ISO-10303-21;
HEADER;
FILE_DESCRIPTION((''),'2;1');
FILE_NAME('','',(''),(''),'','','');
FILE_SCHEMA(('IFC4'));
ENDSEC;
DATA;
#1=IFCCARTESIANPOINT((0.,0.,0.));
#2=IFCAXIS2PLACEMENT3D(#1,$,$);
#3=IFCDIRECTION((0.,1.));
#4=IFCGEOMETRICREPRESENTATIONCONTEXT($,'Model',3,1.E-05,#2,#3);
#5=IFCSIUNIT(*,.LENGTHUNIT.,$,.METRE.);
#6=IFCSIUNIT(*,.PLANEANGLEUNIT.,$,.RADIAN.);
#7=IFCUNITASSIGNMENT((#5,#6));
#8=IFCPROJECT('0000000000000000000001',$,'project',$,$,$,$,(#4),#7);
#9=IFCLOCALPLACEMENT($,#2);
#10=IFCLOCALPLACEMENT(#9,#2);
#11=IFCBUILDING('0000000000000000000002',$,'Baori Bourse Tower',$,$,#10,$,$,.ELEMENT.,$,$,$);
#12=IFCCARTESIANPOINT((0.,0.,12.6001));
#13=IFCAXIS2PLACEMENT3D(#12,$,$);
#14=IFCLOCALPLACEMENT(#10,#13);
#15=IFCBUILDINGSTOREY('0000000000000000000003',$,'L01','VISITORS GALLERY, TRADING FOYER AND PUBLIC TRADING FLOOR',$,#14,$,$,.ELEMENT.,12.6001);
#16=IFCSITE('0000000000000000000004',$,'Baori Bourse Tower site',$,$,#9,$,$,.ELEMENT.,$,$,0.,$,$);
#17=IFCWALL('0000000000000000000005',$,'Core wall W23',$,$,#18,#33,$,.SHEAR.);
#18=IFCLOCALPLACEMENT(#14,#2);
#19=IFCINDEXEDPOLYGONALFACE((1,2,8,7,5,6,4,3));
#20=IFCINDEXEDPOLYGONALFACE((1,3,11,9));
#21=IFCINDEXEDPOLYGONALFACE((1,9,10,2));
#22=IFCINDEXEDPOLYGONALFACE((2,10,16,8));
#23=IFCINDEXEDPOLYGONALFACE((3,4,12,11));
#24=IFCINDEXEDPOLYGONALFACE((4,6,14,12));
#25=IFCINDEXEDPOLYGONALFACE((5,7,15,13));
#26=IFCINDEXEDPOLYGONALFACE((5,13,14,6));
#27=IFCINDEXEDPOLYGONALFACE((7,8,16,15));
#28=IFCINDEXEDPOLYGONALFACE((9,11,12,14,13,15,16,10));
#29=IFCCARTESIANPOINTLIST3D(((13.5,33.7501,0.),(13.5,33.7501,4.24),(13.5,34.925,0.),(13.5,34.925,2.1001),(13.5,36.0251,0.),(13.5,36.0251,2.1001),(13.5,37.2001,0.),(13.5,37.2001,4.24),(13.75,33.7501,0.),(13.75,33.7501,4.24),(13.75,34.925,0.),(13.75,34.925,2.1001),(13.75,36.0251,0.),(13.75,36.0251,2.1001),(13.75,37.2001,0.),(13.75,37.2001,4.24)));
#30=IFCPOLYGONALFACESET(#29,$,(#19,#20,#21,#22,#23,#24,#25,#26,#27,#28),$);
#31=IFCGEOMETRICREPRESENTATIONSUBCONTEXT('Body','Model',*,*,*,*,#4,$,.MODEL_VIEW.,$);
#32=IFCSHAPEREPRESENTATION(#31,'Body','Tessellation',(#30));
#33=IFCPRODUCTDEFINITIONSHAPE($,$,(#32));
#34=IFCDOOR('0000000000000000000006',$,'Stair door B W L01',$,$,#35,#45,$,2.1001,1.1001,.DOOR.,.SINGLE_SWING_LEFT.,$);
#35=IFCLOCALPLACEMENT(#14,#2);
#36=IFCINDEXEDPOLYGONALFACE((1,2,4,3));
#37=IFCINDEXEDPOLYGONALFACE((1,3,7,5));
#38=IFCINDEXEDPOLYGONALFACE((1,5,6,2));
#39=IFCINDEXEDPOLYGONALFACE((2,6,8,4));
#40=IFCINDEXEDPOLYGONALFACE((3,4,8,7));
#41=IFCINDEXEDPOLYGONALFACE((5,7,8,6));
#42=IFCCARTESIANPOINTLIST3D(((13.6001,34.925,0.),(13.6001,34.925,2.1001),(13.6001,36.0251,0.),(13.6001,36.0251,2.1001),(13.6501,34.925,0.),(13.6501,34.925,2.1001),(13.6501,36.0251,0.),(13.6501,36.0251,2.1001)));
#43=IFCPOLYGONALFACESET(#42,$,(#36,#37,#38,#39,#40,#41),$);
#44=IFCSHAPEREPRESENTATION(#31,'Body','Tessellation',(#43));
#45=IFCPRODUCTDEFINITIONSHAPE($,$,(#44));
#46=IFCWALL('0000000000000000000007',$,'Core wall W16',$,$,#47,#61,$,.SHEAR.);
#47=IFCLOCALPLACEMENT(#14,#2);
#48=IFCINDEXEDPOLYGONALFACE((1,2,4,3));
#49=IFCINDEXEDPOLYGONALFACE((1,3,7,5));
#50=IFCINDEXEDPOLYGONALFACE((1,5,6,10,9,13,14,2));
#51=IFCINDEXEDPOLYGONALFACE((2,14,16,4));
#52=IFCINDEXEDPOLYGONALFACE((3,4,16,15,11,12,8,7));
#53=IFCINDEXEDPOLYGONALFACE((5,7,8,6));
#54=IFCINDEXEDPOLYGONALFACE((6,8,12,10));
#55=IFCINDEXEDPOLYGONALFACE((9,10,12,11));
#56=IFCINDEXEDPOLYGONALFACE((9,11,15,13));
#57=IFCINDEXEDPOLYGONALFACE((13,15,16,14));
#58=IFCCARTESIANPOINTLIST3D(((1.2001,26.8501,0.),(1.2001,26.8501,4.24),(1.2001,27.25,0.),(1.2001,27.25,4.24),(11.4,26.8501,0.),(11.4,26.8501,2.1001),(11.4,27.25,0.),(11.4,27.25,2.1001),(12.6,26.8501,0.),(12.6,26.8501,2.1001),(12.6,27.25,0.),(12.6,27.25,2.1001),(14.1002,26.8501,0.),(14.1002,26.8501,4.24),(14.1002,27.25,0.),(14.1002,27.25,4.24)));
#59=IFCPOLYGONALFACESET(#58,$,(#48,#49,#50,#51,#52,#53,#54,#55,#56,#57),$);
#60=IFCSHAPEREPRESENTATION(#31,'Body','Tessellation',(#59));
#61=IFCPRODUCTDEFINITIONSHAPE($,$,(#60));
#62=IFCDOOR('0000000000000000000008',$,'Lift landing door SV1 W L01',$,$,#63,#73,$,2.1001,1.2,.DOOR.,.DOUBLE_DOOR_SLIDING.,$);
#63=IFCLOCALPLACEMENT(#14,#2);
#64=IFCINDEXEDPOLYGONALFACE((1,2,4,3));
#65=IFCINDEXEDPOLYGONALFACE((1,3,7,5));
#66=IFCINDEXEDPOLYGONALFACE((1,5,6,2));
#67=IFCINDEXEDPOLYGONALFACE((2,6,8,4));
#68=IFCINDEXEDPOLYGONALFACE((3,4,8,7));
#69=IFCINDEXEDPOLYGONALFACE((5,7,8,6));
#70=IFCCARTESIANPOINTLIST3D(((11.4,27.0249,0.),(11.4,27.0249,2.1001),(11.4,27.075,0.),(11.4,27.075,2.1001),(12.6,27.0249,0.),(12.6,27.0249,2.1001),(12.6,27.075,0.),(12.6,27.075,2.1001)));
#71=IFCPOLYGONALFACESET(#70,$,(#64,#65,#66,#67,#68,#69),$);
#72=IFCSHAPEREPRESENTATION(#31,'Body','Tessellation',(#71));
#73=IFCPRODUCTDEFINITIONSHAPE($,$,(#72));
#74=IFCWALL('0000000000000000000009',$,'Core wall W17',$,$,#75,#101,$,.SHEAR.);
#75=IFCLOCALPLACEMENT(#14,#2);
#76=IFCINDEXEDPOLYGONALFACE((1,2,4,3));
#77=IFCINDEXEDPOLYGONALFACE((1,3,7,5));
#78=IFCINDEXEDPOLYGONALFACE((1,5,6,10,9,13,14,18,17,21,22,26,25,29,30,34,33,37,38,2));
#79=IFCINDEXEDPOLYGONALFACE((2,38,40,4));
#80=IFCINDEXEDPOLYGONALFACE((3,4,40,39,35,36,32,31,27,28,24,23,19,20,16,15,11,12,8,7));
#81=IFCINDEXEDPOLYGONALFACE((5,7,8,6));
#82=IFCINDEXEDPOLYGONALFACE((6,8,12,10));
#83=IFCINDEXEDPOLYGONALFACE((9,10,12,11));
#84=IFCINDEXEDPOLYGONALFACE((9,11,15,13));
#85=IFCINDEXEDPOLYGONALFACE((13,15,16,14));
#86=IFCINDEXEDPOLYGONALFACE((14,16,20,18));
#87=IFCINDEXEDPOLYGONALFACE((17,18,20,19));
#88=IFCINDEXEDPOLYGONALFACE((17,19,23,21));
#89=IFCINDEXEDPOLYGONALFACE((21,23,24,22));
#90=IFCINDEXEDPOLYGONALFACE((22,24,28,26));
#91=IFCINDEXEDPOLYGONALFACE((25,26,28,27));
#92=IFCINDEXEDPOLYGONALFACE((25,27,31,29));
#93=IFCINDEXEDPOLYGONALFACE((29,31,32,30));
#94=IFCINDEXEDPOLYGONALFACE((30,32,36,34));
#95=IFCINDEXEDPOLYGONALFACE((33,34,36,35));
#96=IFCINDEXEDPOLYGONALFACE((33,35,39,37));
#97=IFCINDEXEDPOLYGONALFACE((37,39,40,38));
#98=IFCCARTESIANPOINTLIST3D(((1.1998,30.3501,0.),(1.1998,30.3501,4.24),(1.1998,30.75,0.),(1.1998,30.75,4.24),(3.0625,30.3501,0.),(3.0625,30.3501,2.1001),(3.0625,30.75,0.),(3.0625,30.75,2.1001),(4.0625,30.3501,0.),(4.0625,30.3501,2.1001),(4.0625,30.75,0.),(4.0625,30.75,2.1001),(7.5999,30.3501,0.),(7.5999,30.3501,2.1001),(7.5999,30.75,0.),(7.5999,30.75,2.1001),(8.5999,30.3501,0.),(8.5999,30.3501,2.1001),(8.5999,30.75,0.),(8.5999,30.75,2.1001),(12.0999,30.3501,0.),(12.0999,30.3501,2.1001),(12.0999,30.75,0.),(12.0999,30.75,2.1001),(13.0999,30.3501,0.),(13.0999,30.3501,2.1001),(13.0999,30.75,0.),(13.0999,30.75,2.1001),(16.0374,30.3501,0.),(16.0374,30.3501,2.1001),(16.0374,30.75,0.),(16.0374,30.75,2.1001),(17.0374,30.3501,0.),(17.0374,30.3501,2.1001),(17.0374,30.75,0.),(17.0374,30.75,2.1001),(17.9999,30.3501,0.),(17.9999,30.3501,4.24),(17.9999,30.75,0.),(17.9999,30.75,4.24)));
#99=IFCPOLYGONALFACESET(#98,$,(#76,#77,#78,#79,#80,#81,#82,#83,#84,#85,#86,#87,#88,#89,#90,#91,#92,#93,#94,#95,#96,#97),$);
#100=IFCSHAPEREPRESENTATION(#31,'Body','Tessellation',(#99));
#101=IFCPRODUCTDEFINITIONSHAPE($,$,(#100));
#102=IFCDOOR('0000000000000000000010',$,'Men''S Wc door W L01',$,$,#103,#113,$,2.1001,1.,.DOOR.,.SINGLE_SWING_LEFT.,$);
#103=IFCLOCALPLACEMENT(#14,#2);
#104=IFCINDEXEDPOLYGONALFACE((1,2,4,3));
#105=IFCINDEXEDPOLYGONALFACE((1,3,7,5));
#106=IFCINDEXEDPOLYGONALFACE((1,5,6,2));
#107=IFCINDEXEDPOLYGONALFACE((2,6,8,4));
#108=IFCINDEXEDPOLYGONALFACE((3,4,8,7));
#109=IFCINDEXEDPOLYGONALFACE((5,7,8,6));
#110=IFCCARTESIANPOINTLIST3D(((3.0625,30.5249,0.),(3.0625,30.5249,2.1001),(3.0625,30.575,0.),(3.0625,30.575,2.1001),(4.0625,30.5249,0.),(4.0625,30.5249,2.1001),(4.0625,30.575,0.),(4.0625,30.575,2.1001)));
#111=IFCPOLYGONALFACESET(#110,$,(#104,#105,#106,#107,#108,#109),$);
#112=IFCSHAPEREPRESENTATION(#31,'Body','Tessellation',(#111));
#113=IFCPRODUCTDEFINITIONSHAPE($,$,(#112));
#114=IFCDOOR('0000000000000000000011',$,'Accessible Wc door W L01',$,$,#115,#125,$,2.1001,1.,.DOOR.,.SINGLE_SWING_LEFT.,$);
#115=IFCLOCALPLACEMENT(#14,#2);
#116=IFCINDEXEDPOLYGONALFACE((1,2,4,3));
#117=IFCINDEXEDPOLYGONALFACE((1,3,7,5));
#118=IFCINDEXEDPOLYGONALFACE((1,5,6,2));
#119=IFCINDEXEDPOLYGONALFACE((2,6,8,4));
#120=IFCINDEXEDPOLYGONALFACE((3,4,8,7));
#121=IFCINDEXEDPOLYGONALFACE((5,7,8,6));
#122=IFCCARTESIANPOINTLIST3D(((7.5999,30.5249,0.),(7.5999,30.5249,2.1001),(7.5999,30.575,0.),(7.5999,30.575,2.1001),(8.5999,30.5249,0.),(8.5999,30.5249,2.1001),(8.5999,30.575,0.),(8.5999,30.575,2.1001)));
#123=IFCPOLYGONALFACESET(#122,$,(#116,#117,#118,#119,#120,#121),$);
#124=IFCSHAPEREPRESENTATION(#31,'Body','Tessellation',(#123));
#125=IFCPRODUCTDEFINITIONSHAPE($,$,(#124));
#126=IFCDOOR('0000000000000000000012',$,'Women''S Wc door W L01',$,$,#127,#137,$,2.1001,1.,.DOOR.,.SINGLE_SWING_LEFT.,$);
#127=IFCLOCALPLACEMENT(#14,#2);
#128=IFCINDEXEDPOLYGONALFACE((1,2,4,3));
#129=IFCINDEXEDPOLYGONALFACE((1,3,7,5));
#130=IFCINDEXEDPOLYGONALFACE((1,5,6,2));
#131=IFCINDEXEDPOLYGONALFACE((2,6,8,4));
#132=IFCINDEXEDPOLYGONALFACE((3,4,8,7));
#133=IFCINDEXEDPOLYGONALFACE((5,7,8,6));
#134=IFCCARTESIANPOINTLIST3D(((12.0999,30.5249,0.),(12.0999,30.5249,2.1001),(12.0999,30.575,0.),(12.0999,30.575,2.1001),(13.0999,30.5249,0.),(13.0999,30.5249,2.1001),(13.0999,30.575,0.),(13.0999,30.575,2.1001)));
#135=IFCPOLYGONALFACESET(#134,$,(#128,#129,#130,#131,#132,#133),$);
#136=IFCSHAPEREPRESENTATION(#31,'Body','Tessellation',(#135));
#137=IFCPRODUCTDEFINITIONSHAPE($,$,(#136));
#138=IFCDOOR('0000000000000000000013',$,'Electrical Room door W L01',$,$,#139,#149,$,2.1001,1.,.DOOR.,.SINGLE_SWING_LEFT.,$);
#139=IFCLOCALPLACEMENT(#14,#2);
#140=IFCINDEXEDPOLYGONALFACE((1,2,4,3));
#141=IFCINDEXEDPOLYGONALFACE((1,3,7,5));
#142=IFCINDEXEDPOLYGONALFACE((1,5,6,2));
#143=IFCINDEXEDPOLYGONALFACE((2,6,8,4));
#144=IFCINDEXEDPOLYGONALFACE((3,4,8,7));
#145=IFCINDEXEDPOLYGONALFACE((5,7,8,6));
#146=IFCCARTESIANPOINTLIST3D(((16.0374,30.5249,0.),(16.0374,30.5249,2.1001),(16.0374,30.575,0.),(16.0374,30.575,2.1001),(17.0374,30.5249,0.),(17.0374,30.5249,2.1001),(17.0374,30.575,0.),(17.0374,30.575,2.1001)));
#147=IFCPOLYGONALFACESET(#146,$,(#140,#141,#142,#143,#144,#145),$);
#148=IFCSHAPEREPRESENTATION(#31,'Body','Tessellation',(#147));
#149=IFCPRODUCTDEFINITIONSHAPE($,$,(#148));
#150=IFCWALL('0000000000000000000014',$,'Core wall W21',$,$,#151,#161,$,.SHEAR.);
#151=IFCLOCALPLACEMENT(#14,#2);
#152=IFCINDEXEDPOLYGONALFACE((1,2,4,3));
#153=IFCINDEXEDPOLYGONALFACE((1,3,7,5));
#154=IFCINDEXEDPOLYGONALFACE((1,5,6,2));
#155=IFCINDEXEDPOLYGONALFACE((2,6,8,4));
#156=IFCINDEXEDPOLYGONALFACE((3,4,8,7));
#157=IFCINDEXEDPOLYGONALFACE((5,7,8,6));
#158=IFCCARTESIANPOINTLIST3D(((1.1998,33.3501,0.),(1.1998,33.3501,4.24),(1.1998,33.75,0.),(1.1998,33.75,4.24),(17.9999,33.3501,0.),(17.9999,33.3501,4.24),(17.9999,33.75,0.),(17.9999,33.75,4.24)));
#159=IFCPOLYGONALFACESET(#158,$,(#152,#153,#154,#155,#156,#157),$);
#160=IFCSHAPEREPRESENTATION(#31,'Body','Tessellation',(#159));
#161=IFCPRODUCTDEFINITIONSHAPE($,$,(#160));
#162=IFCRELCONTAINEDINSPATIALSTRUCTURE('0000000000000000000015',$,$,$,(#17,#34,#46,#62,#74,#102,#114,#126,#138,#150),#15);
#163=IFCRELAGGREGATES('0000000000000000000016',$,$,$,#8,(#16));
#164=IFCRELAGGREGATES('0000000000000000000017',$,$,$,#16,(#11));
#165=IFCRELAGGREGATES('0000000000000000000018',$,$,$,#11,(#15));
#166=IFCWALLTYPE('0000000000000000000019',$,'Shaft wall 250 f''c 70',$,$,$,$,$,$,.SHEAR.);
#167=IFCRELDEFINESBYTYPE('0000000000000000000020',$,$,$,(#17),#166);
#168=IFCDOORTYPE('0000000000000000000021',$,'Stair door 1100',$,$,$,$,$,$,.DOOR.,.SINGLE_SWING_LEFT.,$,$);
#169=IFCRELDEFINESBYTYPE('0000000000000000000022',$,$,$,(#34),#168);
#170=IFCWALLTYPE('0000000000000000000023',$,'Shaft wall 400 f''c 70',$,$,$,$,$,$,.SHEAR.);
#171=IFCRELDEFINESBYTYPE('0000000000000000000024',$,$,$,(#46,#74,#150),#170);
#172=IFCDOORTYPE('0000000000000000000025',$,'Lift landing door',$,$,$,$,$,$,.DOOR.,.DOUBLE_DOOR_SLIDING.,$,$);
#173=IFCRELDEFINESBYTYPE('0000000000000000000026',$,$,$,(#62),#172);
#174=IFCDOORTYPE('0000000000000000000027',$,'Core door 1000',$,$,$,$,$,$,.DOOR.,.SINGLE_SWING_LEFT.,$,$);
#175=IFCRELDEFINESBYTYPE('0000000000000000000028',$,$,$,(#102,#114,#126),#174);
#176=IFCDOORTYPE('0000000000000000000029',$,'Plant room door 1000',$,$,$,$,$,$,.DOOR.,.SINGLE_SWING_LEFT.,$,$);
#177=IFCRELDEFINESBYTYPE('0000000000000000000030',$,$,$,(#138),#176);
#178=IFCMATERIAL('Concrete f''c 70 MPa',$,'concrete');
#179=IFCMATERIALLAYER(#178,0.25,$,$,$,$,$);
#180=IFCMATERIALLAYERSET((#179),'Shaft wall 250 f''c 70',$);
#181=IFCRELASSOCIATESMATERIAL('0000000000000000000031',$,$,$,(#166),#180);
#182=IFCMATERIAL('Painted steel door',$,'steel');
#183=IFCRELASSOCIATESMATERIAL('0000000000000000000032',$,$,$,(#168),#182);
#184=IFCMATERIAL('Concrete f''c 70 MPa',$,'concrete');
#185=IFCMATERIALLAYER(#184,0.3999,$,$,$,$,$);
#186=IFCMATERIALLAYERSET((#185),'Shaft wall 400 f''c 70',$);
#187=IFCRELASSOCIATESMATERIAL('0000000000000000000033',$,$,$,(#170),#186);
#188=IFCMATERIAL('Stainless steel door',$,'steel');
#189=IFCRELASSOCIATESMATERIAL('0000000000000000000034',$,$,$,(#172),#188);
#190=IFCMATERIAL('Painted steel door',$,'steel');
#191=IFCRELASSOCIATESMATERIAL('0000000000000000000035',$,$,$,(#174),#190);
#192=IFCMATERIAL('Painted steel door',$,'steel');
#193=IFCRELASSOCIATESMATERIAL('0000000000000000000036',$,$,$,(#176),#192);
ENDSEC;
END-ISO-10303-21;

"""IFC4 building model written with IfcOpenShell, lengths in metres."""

from ifc_helpers import new_model, si_unit, direction, frame, frame_2d, origin, place, context, subcontext, project, spatial, rectangle, extrude, material, layer, layer_set, type_object, element, fill, save


model = new_model("IFC4")

# Units and contexts
model_context = context("Model", 3, precision=1e-05, world=origin(), true_north=direction((0.0, 1.0)))
body_context = subcontext(model_context, "Body", "Model", "MODEL_VIEW")
ifc_project = project(units=[si_unit("LENGTHUNIT", "METRE"), si_unit("PLANEANGLEUNIT", "RADIAN")], contexts=[model_context])

# Site, building, storey
site_placement = place(None, origin())
site = spatial("IfcSite", under=ifc_project, at=site_placement, Name="Baori Bourse Tower site", CompositionType="ELEMENT", RefElevation=0.0)
building_placement = place(site_placement, origin())
building = spatial("IfcBuilding", under=site, at=building_placement, Name="Baori Bourse Tower", CompositionType="ELEMENT")
storey_placement = place(building_placement, frame((0.0, 0.0, 12.6001)))
storey = spatial("IfcBuildingStorey", under=building, at=storey_placement, Name="L01", Description="VISITORS GALLERY, TRADING FOYER AND PUBLIC TRADING FLOOR", CompositionType="ELEMENT", Elevation=12.6001)

# Walls, openings, doors
ifc_material_1 = material(Name="Concrete f'c 70 MPa", Category="concrete")
ifc_layer_1 = layer(ifc_material_1, 0.25)
ifc_layer_set_1 = layer_set([ifc_layer_1], Name="Shaft wall 250 f'c 70")
wall_type_1 = type_object("IfcWallType", Name="Shaft wall 250 f'c 70", PredefinedType="SHEAR", material=ifc_layer_set_1)
wall_1_placement = place(storey_placement, frame((13.625, 33.75, 0.0), z_axis=(0.0, 0.0, 1.0), x_axis=(0.0, 1.0, 0.0)))
wall_1 = element("IfcWall", 1, at=wall_1_placement, inside=storey, type_object=wall_type_1, Name="Core wall W23", PredefinedType="SHEAR", context=body_context, shape_type="SweptSolid", body=[
    extrude(rectangle(XDim=3.45, YDim=0.25, at=frame_2d((1.7251, 0.0))), origin(), (0.0, 0.0, 1.0), 4.24),
])
opening_1_placement = place(wall_1_placement, frame((1.175, 0.0, 0.0)))
opening_1 = element("IfcOpeningElement", 2, at=opening_1_placement, cuts=wall_1, PredefinedType="OPENING", context=body_context, shape_type="SweptSolid", body=[
    extrude(rectangle(XDim=1.1001, YDim=2.1001, at=frame_2d((0.55, 1.05))), frame((0.0, 0.135, 0.0), z_axis=(0.0, -1.0, 0.0), x_axis=(1.0, 0.0, 0.0)), (0.0, 0.0, 1.0), 0.27),
])
ifc_material_2 = material(Name="Painted steel door", Category="steel")
door_type_1 = type_object("IfcDoorType", Name="Stair door 1100", OperationType="SINGLE_SWING_LEFT", PredefinedType="DOOR", material=ifc_material_2)
door_1_placement = place(opening_1_placement, origin())
door_1 = element("IfcDoor", 3, at=door_1_placement, inside=storey, type_object=door_type_1, Name="Stair door B W L01", OperationType="SINGLE_SWING_LEFT", OverallHeight=2.1001, OverallWidth=1.1001, PredefinedType="DOOR", context=body_context, shape_type="SweptSolid", body=[
    extrude(rectangle(XDim=1.1001, YDim=2.1001, at=frame_2d((0.55, 1.05))), frame((0.0, 0.0249, 0.0), z_axis=(0.0, -1.0, 0.0), x_axis=(1.0, 0.0, 0.0)), (0.0, 0.0, 1.0), 0.05),
])
fill(opening_1, door_1)
ifc_material_3 = material(Name="Concrete f'c 70 MPa", Category="concrete")
ifc_layer_2 = layer(ifc_material_3, 0.3999)
ifc_layer_set_2 = layer_set([ifc_layer_2], Name="Shaft wall 400 f'c 70")
wall_type_2 = type_object("IfcWallType", Name="Shaft wall 400 f'c 70", PredefinedType="SHEAR", material=ifc_layer_set_2)
wall_2_placement = place(storey_placement, frame((1.2, 27.05, 0.0), z_axis=(0.0, 0.0, 1.0), x_axis=(1.0, 0.0, 0.0)))
wall_2 = element("IfcWall", 4, at=wall_2_placement, inside=storey, type_object=wall_type_2, Name="Core wall W16", PredefinedType="SHEAR", context=body_context, shape_type="SweptSolid", body=[
    extrude(rectangle(XDim=12.9001, YDim=0.3999, at=frame_2d((6.4502, 0.0))), origin(), (0.0, 0.0, 1.0), 4.24),
])
opening_2_placement = place(wall_2_placement, frame((10.2, 0.0, 0.0)))
opening_2 = element("IfcOpeningElement", 5, at=opening_2_placement, cuts=wall_2, PredefinedType="OPENING", context=body_context, shape_type="SweptSolid", body=[
    extrude(rectangle(XDim=1.2, YDim=2.1001, at=frame_2d((0.6001, 1.05))), frame((0.0, 0.21, 0.0), z_axis=(0.0, -1.0, 0.0), x_axis=(1.0, 0.0, 0.0)), (0.0, 0.0, 1.0), 0.4199),
])
ifc_material_4 = material(Name="Stainless steel door", Category="steel")
door_type_2 = type_object("IfcDoorType", Name="Lift landing door", OperationType="DOUBLE_DOOR_SLIDING", PredefinedType="DOOR", material=ifc_material_4)
door_2_placement = place(opening_2_placement, origin())
door_2 = element("IfcDoor", 6, at=door_2_placement, inside=storey, type_object=door_type_2, Name="Lift landing door SV1 W L01", OperationType="DOUBLE_DOOR_SLIDING", OverallHeight=2.1001, OverallWidth=1.2, PredefinedType="DOOR", context=body_context, shape_type="SweptSolid", body=[
    extrude(rectangle(XDim=1.2, YDim=2.1001, at=frame_2d((0.6001, 1.05))), frame((0.0, 0.0249, 0.0), z_axis=(0.0, -1.0, 0.0), x_axis=(1.0, 0.0, 0.0)), (0.0, 0.0, 1.0), 0.05),
])
fill(opening_2, door_2)

# Wall, openings, doors
wall_3_placement = place(storey_placement, frame((1.2, 30.55, 0.0), z_axis=(0.0, 0.0, 1.0), x_axis=(1.0, 0.0, 0.0)))
wall_3 = element("IfcWall", 7, at=wall_3_placement, inside=storey, type_object=wall_type_2, Name="Core wall W17", PredefinedType="SHEAR", context=body_context, shape_type="SweptSolid", body=[
    extrude(rectangle(XDim=16.8, YDim=0.3999, at=frame_2d((8.3999, 0.0))), origin(), (0.0, 0.0, 1.0), 4.24),
])
opening_3_placement = place(wall_3_placement, frame((1.8625, 0.0, 0.0)))
opening_3 = element("IfcOpeningElement", 8, at=opening_3_placement, cuts=wall_3, PredefinedType="OPENING", context=body_context, shape_type="SweptSolid", body=[
    extrude(rectangle(XDim=1.0, YDim=2.1001, at=frame_2d((0.5, 1.05))), frame((0.0, 0.21, 0.0), z_axis=(0.0, -1.0, 0.0), x_axis=(1.0, 0.0, 0.0)), (0.0, 0.0, 1.0), 0.4199),
])
opening_4_placement = place(wall_3_placement, frame((6.3999, 0.0, 0.0)))
opening_4 = element("IfcOpeningElement", 9, at=opening_4_placement, cuts=wall_3, PredefinedType="OPENING", context=body_context, shape_type="SweptSolid", body=[
    extrude(rectangle(XDim=1.0, YDim=2.1001, at=frame_2d((0.5, 1.05))), frame((0.0, 0.21, 0.0), z_axis=(0.0, -1.0, 0.0), x_axis=(1.0, 0.0, 0.0)), (0.0, 0.0, 1.0), 0.4199),
])
opening_5_placement = place(wall_3_placement, frame((10.8999, 0.0, 0.0)))
opening_5 = element("IfcOpeningElement", 10, at=opening_5_placement, cuts=wall_3, PredefinedType="OPENING", context=body_context, shape_type="SweptSolid", body=[
    extrude(rectangle(XDim=1.0, YDim=2.1001, at=frame_2d((0.5, 1.05))), frame((0.0, 0.21, 0.0), z_axis=(0.0, -1.0, 0.0), x_axis=(1.0, 0.0, 0.0)), (0.0, 0.0, 1.0), 0.4199),
])
opening_6_placement = place(wall_3_placement, frame((14.8374, 0.0, 0.0)))
opening_6 = element("IfcOpeningElement", 11, at=opening_6_placement, cuts=wall_3, PredefinedType="OPENING", context=body_context, shape_type="SweptSolid", body=[
    extrude(rectangle(XDim=1.0, YDim=2.1001, at=frame_2d((0.5, 1.05))), frame((0.0, 0.21, 0.0), z_axis=(0.0, -1.0, 0.0), x_axis=(1.0, 0.0, 0.0)), (0.0, 0.0, 1.0), 0.4199),
])
ifc_material_5 = material(Name="Painted steel door", Category="steel")
door_type_3 = type_object("IfcDoorType", Name="Core door 1000", OperationType="SINGLE_SWING_LEFT", PredefinedType="DOOR", material=ifc_material_5)
door_3_placement = place(opening_3_placement, origin())
door_3 = element("IfcDoor", 12, at=door_3_placement, inside=storey, type_object=door_type_3, Name="Men'S Wc door W L01", OperationType="SINGLE_SWING_LEFT", OverallHeight=2.1001, OverallWidth=1.0, PredefinedType="DOOR", context=body_context, shape_type="SweptSolid", body=[
    extrude(rectangle(XDim=1.0, YDim=2.1001, at=frame_2d((0.5, 1.05))), frame((0.0, 0.0249, 0.0), z_axis=(0.0, -1.0, 0.0), x_axis=(1.0, 0.0, 0.0)), (0.0, 0.0, 1.0), 0.05),
])
fill(opening_3, door_3)
door_4_placement = place(opening_4_placement, origin())
door_4 = element("IfcDoor", 13, at=door_4_placement, inside=storey, type_object=door_type_3, Name="Accessible Wc door W L01", OperationType="SINGLE_SWING_LEFT", OverallHeight=2.1001, OverallWidth=1.0, PredefinedType="DOOR", context=body_context, shape_type="SweptSolid", body=[
    extrude(rectangle(XDim=1.0, YDim=2.1001, at=frame_2d((0.5, 1.05))), frame((0.0, 0.0249, 0.0), z_axis=(0.0, -1.0, 0.0), x_axis=(1.0, 0.0, 0.0)), (0.0, 0.0, 1.0), 0.05),
])
fill(opening_4, door_4)
door_5_placement = place(opening_5_placement, origin())
door_5 = element("IfcDoor", 14, at=door_5_placement, inside=storey, type_object=door_type_3, Name="Women'S Wc door W L01", OperationType="SINGLE_SWING_LEFT", OverallHeight=2.1001, OverallWidth=1.0, PredefinedType="DOOR", context=body_context, shape_type="SweptSolid", body=[
    extrude(rectangle(XDim=1.0, YDim=2.1001, at=frame_2d((0.5, 1.05))), frame((0.0, 0.0249, 0.0), z_axis=(0.0, -1.0, 0.0), x_axis=(1.0, 0.0, 0.0)), (0.0, 0.0, 1.0), 0.05),
])
fill(opening_5, door_5)
ifc_material_6 = material(Name="Painted steel door", Category="steel")
door_type_4 = type_object("IfcDoorType", Name="Plant room door 1000", OperationType="SINGLE_SWING_LEFT", PredefinedType="DOOR", material=ifc_material_6)
door_6_placement = place(opening_6_placement, origin())
door_6 = element("IfcDoor", 15, at=door_6_placement, inside=storey, type_object=door_type_4, Name="Electrical Room door W L01", OperationType="SINGLE_SWING_LEFT", OverallHeight=2.1001, OverallWidth=1.0, PredefinedType="DOOR", context=body_context, shape_type="SweptSolid", body=[
    extrude(rectangle(XDim=1.0, YDim=2.1001, at=frame_2d((0.5, 1.05))), frame((0.0, 0.0249, 0.0), z_axis=(0.0, -1.0, 0.0), x_axis=(1.0, 0.0, 0.0)), (0.0, 0.0, 1.0), 0.05),
])
fill(opening_6, door_6)

# Wall
wall_4_placement = place(storey_placement, frame((1.2, 33.55, 0.0), z_axis=(0.0, 0.0, 1.0), x_axis=(1.0, 0.0, 0.0)))
element("IfcWall", 16, at=wall_4_placement, inside=storey, type_object=wall_type_2, Name="Core wall W21", PredefinedType="SHEAR", context=body_context, shape_type="SweptSolid", body=[
    extrude(rectangle(XDim=16.8, YDim=0.3999, at=frame_2d((8.3999, 0.0))), origin(), (0.0, 0.0, 1.0), 4.24),
])

save(model, "model.ifc")
